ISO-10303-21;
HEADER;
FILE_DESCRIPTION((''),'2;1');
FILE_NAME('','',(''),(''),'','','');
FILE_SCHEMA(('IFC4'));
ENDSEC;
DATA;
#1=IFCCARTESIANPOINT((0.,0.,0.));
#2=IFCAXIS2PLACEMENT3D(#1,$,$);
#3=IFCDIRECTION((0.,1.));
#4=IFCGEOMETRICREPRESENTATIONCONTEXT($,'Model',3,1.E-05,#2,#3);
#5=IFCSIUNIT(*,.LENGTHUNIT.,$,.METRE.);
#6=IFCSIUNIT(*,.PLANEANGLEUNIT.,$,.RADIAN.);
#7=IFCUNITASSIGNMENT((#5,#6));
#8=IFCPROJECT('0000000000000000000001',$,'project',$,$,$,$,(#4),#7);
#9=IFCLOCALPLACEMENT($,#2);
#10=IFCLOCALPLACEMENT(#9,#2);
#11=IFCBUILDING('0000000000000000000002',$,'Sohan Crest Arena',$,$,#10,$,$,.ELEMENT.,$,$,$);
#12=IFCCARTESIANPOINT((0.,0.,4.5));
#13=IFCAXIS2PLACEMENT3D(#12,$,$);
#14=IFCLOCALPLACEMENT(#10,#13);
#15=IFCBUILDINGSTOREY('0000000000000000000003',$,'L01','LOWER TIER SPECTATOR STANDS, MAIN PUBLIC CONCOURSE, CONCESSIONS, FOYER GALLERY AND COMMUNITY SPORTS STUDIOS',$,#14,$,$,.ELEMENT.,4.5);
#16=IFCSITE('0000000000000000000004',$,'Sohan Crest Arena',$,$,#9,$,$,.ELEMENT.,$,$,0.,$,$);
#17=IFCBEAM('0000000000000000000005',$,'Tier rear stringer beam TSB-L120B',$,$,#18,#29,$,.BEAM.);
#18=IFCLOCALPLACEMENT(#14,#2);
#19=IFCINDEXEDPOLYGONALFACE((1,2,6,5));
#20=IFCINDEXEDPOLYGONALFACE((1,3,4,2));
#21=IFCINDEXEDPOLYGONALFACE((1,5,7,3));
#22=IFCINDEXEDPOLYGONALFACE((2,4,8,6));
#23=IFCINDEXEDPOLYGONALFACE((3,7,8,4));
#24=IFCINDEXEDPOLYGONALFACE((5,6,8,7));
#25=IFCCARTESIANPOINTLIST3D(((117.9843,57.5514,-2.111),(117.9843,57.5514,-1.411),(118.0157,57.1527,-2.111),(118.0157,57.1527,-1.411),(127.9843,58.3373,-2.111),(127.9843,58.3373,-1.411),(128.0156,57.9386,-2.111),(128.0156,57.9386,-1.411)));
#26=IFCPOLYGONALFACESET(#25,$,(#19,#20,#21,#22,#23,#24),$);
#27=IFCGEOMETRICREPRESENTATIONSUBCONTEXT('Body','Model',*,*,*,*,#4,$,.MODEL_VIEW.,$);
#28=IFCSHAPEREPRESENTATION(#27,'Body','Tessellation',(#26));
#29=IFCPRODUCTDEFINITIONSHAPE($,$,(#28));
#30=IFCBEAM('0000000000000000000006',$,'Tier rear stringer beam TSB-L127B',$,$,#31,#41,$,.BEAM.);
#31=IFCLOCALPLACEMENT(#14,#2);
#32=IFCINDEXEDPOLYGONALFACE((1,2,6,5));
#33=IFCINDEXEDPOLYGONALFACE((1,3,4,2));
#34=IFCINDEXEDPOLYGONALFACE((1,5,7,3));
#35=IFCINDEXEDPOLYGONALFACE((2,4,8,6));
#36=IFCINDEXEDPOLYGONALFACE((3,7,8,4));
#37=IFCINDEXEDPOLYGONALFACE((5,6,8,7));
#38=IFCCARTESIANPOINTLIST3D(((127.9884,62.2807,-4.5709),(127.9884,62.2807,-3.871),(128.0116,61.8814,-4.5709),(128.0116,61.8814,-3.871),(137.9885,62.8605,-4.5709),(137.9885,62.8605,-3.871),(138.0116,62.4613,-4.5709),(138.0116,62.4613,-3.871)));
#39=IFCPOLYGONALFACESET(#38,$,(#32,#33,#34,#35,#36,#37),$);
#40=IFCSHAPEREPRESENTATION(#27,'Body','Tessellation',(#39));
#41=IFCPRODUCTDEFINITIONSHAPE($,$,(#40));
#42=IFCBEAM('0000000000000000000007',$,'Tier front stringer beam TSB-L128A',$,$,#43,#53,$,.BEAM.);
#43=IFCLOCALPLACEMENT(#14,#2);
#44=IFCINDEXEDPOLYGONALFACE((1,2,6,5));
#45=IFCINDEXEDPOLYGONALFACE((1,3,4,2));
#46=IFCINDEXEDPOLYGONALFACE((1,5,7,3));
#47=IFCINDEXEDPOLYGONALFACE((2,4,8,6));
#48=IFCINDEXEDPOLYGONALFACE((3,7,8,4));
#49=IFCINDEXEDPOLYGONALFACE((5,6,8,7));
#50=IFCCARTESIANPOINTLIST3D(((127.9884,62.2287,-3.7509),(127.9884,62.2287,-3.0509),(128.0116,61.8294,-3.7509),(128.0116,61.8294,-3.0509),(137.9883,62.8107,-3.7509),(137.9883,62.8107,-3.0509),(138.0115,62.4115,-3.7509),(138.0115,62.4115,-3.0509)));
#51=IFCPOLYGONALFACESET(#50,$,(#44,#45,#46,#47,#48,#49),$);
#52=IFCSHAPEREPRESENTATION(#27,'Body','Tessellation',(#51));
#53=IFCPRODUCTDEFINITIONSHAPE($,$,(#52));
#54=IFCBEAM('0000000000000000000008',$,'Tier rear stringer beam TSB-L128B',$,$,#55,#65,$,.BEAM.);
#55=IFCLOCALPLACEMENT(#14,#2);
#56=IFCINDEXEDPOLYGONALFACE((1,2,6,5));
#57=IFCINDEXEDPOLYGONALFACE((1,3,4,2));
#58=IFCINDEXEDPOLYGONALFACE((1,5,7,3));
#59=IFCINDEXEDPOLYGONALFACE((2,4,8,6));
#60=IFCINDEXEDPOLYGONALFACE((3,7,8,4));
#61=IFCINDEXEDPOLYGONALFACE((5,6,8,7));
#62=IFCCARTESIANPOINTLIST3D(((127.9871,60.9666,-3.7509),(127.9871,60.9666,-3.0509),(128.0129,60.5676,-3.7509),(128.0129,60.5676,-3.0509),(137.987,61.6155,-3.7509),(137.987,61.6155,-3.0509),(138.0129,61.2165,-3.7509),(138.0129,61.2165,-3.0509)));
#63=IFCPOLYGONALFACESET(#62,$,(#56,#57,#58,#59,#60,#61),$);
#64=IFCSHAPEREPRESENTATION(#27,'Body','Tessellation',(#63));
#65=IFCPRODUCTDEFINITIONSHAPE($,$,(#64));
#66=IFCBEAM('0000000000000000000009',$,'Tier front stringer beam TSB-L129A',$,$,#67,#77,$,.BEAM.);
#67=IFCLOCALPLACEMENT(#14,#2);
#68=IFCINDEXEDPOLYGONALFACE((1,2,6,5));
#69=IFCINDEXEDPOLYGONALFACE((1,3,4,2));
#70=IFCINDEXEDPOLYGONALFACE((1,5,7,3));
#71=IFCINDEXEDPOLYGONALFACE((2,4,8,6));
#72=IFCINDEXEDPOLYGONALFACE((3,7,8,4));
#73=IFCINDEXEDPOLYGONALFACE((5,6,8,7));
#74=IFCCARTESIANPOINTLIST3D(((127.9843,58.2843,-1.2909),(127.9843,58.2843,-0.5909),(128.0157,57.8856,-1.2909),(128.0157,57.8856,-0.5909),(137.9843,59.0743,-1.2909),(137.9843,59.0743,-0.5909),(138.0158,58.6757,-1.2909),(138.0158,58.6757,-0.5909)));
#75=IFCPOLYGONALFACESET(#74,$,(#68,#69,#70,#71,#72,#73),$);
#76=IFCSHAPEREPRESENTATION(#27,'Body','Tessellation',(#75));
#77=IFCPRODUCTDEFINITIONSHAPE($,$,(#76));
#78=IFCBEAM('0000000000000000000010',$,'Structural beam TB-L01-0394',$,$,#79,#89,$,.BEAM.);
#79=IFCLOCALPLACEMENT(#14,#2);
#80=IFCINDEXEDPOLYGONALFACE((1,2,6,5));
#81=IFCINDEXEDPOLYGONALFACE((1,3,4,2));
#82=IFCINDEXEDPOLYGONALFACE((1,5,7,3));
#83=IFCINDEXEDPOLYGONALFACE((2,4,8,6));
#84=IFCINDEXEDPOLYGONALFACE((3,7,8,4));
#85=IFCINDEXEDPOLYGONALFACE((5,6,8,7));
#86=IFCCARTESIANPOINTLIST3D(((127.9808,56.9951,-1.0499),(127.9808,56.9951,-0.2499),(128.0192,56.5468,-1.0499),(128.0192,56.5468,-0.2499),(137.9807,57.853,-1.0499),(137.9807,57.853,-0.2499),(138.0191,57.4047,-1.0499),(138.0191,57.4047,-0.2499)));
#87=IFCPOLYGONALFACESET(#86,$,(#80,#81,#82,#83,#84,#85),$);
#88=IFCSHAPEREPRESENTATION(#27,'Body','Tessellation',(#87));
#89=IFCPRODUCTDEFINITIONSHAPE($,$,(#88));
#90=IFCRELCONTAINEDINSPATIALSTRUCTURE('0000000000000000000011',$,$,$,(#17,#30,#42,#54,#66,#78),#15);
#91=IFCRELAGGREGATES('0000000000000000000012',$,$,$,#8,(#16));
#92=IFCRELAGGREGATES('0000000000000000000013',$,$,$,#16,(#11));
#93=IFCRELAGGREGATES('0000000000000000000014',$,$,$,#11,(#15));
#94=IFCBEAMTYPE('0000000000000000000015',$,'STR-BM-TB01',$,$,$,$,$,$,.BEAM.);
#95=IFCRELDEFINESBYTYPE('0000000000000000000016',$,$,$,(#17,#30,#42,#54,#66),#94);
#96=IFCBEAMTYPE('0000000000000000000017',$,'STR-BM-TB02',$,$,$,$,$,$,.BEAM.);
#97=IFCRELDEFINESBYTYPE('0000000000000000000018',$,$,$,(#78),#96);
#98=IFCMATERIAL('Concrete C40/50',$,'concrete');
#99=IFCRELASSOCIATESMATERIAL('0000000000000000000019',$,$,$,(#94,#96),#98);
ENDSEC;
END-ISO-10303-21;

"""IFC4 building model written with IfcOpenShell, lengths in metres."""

from ifc_helpers import new_model, si_unit, direction, frame, origin, origin_2d, place, context, subcontext, project, spatial, rectangle, extrude, material, material_profile, profile_set, type_object, element, save


model = new_model("IFC4")

# Units and contexts
model_context = context("Model", 3, precision=1e-05, world=origin(), true_north=direction((0.0, 1.0)))
body_context = subcontext(model_context, "Body", "Model", "MODEL_VIEW")
ifc_project = project(units=[si_unit("LENGTHUNIT", "METRE"), si_unit("PLANEANGLEUNIT", "RADIAN")], contexts=[model_context])

# Site, building, storey
site_placement = place(None, origin())
site = spatial("IfcSite", under=ifc_project, at=site_placement, Name="Sohan Crest Arena", CompositionType="ELEMENT", RefElevation=0.0)
building_placement = place(site_placement, origin())
building = spatial("IfcBuilding", under=site, at=building_placement, Name="Sohan Crest Arena", CompositionType="ELEMENT")
storey_placement = place(building_placement, frame((0.0, 0.0, 4.5)))
storey = spatial("IfcBuildingStorey", under=building, at=storey_placement, Name="L01", Description="LOWER TIER SPECTATOR STANDS, MAIN PUBLIC CONCOURSE, CONCESSIONS, FOYER GALLERY AND COMMUNITY SPORTS STUDIOS", CompositionType="ELEMENT", Elevation=4.5)

# Shared definitions
ifc_material_1 = material(Name="Concrete C40/50", Category="concrete")

# Beams
ifc_material_profile_1 = material_profile(ifc_material_1, rectangle(XDim=0.3999, YDim=0.7, at=origin_2d()), Name="RC-BM 400x700")
ifc_profile_set_1 = profile_set([ifc_material_profile_1], Name="Concrete C40/50")
beam_type_1 = type_object("IfcBeamType", Name="STR-BM-TB01", PredefinedType="BEAM", material=ifc_profile_set_1)
beam_1_placement = place(storey_placement, frame((118.0, 57.3521, -1.761), z_axis=(0.996926, 0.078347, 0.0), x_axis=(-0.078347, 0.996926, 0.0)))
element("IfcBeam", 1, at=beam_1_placement, inside=storey, type_object=beam_type_1, Name="Tier rear stringer beam TSB-L120B", PredefinedType="BEAM", context=body_context, shape_type="SweptSolid", body=[
    extrude(rectangle(XDim=0.3999, YDim=0.7, at=origin_2d()), origin(), (0.0, 0.0, 1.0), 10.0308),
])
for number, where, z_axis, x_axis, name in (
    (2, (128.0, 62.0811, -4.2209), (0.998323, 0.057886, 0.0), (-0.057886, 0.998323, 0.0), "Tier rear stringer beam TSB-L127B"),
    (3, (128.0, 62.0291, -3.4009), (0.99831, 0.058105, 0.0), (-0.058105, 0.99831, 0.0), "Tier front stringer beam TSB-L128A"),
):
    element("IfcBeam", number, at=place(storey_placement, frame(where, z_axis=z_axis, x_axis=x_axis)), inside=storey, type_object=beam_type_1, Name=name, PredefinedType="BEAM", context=body_context, shape_type="SweptSolid", body=[
        extrude(rectangle(XDim=0.3999, YDim=0.7, at=origin_2d()), origin(), (0.0, 0.0, 1.0), 10.0168),
    ])
beam_2_placement = place(storey_placement, frame((128.0, 60.7671, -3.4009), z_axis=(0.997901, 0.064756, 0.0), x_axis=(-0.064756, 0.997901, 0.0)))
element("IfcBeam", 4, at=beam_2_placement, inside=storey, type_object=beam_type_1, Name="Tier rear stringer beam TSB-L128B", PredefinedType="BEAM", context=body_context, shape_type="SweptSolid", body=[
    extrude(rectangle(XDim=0.3999, YDim=0.7, at=origin_2d()), origin(), (0.0, 0.0, 1.0), 10.021),
])
beam_3_placement = place(storey_placement, frame((128.0, 58.085, -0.9409), z_axis=(0.996894, 0.078758, 0.0), x_axis=(-0.078758, 0.996894, 0.0)))
element("IfcBeam", 5, at=beam_3_placement, inside=storey, type_object=beam_type_1, Name="Tier front stringer beam TSB-L129A", PredefinedType="BEAM", context=body_context, shape_type="SweptSolid", body=[
    extrude(rectangle(XDim=0.3999, YDim=0.7, at=origin_2d()), origin(), (0.0, 0.0, 1.0), 10.0312),
])
ifc_material_profile_2 = material_profile(ifc_material_1, rectangle(XDim=0.45, YDim=0.8, at=origin_2d()), Name="RC-BM 450x800")
ifc_profile_set_2 = profile_set([ifc_material_profile_2], Name="Concrete C40/50")
beam_type_2 = type_object("IfcBeamType", Name="STR-BM-TB02", PredefinedType="BEAM", material=ifc_profile_set_2)
beam_4_placement = place(storey_placement, frame((128.0, 56.771, -0.6499), z_axis=(0.99634, 0.085477, 0.0), x_axis=(-0.085477, 0.99634, 0.0)))
element("IfcBeam", 6, at=beam_4_placement, inside=storey, type_object=beam_type_2, Name="Structural beam TB-L01-0394", PredefinedType="BEAM", context=body_context, shape_type="SweptSolid", body=[
    extrude(rectangle(XDim=0.45, YDim=0.8, at=origin_2d()), origin(), (0.0, 0.0, 1.0), 10.0366),
])

save(model, "model.ifc")
